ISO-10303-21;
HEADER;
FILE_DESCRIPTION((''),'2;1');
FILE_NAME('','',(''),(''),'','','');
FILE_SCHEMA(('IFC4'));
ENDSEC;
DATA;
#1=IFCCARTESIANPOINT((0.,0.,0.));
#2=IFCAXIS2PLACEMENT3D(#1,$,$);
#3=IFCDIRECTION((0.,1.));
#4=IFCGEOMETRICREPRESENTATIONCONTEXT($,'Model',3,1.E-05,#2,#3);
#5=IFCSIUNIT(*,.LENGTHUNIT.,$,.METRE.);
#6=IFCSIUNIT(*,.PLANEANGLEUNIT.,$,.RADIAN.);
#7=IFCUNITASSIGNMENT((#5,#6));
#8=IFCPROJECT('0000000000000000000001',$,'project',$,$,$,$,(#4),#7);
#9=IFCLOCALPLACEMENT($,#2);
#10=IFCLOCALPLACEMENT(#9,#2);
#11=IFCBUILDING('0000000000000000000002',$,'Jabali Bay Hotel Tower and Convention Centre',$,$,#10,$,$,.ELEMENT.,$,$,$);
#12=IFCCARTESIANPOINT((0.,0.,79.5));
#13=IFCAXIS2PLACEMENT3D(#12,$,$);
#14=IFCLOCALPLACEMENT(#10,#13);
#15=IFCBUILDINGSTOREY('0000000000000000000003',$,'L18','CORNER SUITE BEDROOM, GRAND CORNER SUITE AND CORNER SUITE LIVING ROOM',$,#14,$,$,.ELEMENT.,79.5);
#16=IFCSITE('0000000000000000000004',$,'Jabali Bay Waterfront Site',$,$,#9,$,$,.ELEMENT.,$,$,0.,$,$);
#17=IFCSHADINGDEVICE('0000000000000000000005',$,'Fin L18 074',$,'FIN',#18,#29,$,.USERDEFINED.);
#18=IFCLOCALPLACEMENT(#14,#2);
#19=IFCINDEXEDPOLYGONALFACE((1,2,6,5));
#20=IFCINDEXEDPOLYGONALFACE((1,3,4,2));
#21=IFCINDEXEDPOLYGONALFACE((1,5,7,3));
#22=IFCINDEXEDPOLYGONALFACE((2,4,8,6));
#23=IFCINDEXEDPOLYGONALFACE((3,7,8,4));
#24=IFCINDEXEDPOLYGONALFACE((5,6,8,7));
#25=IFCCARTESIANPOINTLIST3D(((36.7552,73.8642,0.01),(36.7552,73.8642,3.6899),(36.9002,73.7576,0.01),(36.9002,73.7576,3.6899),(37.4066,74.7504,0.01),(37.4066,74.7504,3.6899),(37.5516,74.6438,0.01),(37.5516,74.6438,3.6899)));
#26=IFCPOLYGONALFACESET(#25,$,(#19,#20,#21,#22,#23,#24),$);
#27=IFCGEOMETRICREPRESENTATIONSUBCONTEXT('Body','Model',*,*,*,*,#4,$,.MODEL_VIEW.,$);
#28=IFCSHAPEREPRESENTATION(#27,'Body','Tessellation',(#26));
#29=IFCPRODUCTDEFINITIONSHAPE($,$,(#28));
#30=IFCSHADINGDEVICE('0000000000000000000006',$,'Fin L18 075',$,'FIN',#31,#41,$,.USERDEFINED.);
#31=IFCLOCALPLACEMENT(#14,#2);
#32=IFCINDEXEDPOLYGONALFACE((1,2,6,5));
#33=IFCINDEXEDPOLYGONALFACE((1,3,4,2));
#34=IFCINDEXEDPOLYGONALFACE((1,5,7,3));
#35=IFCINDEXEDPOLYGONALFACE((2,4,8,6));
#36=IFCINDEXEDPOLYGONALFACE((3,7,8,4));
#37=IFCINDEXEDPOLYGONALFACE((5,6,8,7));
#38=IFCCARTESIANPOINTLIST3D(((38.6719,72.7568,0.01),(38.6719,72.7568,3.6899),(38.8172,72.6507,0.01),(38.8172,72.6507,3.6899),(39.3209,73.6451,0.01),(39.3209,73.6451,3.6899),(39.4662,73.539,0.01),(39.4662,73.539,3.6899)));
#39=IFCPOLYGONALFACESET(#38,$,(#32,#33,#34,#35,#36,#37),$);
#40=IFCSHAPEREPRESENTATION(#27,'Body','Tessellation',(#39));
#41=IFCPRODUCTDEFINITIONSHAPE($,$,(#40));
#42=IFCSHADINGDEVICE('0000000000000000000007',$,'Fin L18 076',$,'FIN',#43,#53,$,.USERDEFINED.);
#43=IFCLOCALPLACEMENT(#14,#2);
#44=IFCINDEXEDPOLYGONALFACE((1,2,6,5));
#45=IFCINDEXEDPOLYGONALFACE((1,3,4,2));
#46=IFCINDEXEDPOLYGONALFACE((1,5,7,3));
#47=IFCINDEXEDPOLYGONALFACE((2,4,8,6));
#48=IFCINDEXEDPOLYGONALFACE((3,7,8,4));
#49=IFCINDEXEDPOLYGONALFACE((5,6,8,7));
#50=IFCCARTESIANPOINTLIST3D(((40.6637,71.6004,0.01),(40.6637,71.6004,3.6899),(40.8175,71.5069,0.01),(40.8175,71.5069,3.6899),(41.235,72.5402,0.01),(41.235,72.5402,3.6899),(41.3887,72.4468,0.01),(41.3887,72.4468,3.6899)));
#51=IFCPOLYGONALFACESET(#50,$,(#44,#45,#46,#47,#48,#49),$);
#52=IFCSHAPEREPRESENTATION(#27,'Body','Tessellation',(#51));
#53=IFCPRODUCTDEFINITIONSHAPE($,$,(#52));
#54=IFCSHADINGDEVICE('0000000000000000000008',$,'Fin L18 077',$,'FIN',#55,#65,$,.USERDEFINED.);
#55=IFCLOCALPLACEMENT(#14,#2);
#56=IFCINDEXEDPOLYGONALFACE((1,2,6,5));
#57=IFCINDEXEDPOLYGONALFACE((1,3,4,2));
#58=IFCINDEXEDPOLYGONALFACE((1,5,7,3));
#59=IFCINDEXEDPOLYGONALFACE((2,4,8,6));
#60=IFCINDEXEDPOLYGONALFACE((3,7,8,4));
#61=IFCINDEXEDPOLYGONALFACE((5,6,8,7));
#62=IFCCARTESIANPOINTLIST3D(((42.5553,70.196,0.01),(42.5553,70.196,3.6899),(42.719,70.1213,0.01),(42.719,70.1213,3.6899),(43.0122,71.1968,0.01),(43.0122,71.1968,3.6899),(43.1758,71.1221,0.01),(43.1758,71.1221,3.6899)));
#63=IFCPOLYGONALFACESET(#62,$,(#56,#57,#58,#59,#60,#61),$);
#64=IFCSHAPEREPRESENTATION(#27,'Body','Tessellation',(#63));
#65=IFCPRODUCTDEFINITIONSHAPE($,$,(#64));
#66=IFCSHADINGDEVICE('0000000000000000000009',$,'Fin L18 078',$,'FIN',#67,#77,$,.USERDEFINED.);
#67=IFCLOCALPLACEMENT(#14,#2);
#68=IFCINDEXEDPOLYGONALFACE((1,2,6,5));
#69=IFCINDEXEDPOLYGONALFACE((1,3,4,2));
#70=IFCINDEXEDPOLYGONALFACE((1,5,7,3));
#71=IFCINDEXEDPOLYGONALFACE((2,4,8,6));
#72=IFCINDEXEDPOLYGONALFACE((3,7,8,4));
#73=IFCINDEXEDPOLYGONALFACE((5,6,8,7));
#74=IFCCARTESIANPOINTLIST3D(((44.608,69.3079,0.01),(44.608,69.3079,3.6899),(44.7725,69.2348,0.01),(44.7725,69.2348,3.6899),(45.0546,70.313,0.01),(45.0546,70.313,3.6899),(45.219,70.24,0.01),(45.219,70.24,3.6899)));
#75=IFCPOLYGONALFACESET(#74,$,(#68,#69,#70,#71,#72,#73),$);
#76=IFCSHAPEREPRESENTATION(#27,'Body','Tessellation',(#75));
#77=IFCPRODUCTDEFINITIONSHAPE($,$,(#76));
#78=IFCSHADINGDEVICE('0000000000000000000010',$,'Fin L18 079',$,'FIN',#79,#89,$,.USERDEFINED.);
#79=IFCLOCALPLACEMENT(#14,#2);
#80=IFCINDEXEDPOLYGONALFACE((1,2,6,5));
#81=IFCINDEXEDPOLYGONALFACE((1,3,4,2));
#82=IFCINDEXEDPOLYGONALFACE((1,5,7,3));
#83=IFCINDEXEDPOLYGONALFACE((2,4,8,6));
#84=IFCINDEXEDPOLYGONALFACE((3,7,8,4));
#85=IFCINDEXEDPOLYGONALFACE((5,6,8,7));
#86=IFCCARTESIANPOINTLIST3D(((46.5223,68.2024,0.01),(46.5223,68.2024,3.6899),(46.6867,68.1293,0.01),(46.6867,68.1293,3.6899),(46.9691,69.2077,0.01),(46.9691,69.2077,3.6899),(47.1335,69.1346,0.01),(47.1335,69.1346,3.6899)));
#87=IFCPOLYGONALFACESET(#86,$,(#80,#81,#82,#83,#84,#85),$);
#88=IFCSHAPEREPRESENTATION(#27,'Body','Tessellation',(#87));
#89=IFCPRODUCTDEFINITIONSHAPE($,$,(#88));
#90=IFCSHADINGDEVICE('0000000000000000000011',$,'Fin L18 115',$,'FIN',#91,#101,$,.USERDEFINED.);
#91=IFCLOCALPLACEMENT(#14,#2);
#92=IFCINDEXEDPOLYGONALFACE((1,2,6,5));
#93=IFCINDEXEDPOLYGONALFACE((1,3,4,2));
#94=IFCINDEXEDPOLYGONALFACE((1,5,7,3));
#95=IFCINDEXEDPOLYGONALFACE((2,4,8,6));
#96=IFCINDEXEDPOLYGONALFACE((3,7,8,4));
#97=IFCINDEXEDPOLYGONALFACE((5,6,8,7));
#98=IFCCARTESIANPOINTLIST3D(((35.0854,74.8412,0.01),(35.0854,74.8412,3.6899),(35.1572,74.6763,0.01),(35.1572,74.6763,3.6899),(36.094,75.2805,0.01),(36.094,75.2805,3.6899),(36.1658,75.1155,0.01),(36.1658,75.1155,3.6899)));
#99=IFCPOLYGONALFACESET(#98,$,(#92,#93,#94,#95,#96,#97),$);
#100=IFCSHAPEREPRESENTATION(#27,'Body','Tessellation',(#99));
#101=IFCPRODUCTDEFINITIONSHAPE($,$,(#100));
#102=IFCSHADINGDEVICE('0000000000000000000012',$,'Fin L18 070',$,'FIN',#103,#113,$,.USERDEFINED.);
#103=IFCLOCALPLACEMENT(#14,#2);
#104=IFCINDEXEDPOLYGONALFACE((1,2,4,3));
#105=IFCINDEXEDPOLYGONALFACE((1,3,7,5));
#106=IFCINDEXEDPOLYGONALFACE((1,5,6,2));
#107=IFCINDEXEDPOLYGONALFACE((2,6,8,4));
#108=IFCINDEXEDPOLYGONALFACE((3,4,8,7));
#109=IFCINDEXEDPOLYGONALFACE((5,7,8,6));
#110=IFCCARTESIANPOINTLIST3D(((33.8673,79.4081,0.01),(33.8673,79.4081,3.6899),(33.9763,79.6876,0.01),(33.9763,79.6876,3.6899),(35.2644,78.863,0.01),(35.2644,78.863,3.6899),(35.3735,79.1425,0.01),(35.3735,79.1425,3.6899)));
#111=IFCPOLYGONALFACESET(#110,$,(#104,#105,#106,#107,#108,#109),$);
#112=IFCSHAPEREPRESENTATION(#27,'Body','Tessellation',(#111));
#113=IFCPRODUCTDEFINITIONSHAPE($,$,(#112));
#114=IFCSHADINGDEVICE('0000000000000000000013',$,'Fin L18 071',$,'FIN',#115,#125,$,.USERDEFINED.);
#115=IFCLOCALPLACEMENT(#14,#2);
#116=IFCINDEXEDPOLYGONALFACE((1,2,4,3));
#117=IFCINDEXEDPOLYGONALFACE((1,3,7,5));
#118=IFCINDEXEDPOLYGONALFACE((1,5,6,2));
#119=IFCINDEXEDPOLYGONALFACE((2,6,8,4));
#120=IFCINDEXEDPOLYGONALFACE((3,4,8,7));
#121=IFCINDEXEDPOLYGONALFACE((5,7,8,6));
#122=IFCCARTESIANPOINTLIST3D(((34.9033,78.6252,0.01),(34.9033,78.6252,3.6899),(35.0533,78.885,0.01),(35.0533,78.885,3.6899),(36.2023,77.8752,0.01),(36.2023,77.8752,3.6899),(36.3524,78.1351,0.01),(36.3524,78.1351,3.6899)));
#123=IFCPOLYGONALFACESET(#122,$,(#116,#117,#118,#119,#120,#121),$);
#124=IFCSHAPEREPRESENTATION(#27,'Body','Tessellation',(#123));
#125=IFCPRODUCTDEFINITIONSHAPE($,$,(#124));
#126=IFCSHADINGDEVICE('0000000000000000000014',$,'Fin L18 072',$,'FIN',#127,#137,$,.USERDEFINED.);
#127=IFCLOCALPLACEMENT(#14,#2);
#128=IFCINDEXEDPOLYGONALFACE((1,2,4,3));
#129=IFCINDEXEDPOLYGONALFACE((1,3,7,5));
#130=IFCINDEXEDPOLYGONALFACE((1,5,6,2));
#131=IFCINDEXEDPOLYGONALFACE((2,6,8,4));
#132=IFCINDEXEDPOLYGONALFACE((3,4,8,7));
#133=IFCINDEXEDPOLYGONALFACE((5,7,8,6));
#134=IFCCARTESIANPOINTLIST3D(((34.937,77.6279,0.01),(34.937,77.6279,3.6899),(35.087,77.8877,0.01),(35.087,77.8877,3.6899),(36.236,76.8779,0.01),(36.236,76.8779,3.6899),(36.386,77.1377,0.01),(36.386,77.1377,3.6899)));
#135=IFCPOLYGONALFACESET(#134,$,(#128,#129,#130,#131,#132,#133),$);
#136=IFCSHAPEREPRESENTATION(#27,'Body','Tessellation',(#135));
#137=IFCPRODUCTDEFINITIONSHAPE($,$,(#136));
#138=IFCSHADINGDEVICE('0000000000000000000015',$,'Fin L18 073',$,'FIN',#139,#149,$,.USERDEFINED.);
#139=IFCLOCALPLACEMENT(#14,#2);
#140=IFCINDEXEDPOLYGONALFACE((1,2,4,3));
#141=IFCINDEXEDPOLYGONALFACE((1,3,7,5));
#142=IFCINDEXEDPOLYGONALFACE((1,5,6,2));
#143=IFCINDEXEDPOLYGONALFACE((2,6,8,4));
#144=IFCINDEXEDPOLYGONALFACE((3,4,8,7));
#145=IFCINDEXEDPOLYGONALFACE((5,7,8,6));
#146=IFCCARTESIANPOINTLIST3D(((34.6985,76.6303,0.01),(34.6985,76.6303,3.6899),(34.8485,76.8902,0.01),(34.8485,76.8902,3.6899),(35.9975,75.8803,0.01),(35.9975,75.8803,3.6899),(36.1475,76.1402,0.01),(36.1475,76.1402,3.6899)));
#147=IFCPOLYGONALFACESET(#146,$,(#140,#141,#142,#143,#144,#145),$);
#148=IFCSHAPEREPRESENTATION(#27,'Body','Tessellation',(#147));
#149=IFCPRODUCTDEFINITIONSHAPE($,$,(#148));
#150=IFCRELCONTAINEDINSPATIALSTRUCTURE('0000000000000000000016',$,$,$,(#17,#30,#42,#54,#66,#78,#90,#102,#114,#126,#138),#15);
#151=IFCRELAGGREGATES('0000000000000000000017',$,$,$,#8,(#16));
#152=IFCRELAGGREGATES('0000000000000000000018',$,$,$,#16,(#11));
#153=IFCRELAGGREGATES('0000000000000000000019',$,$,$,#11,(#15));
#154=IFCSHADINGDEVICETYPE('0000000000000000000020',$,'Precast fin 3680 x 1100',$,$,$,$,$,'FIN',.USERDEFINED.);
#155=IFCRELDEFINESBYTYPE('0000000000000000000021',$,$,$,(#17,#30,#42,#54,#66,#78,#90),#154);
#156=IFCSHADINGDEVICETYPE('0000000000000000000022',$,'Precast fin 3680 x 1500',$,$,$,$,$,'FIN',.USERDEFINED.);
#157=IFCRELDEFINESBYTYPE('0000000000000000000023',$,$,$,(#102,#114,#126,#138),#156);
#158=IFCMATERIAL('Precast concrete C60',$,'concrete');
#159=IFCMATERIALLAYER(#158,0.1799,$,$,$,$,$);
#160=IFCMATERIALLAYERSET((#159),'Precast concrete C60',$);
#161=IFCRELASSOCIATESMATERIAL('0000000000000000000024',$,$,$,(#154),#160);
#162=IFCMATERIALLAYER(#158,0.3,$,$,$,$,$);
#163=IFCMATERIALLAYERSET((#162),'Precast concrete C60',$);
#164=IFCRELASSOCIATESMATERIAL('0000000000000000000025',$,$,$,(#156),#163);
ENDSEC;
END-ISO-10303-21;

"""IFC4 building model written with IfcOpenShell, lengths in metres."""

from ifc_helpers import new_model, si_unit, direction, frame, frame_2d, origin, place, context, subcontext, project, spatial, rectangle, extrude, material, layer, layer_set, type_object, element, save


model = new_model("IFC4")

# Units and contexts
model_context = context("Model", 3, precision=1e-05, world=origin(), true_north=direction((0.0, 1.0)))
body_context = subcontext(model_context, "Body", "Model", "MODEL_VIEW")
ifc_project = project(units=[si_unit("LENGTHUNIT", "METRE"), si_unit("PLANEANGLEUNIT", "RADIAN")], contexts=[model_context])

# Site, building, storey
site_placement = place(None, origin())
site = spatial("IfcSite", under=ifc_project, at=site_placement, Name="Jabali Bay Waterfront Site", CompositionType="ELEMENT", RefElevation=0.0)
building_placement = place(site_placement, origin())
building = spatial("IfcBuilding", under=site, at=building_placement, Name="Jabali Bay Hotel Tower and Convention Centre", CompositionType="ELEMENT")
storey_placement = place(building_placement, frame((0.0, 0.0, 79.5)))
storey = spatial("IfcBuildingStorey", under=building, at=storey_placement, Name="L18", Description="CORNER SUITE BEDROOM, GRAND CORNER SUITE AND CORNER SUITE LIVING ROOM", CompositionType="ELEMENT", Elevation=79.5)

# Shading devices
ifc_material_1 = material(Name="Precast concrete C60", Category="concrete")
ifc_layer_1 = layer(ifc_material_1, 0.1799)
ifc_layer_set_1 = layer_set([ifc_layer_1], Name="Precast concrete C60")
shading_device_type_1 = type_object("IfcShadingDeviceType", Name="Precast fin 3680 x 1100", ElementType="FIN", PredefinedType="USERDEFINED", material=ifc_layer_set_1)
shading_device_1_placement = place(storey_placement, frame((37.479, 74.697, 0.01), z_axis=(0.0, 0.0, 1.0), x_axis=(-0.592229, -0.805769, 0.0)))
element("IfcShadingDevice", 1, at=shading_device_1_placement, inside=storey, type_object=shading_device_type_1, Name="Fin L18 074", ObjectType="FIN", PredefinedType="USERDEFINED", context=body_context, shape_type="SweptSolid", body=[
    extrude(rectangle(XDim=1.0999, YDim=0.1799, at=frame_2d((0.5498, 0.0))), origin(), (0.0, 0.0, 1.0), 3.6799),
])
shading_device_2_placement = place(storey_placement, frame((39.3936, 73.592, 0.01), z_axis=(0.0, 0.0, 1.0), x_axis=(-0.589939, -0.807448, 0.0)))
element("IfcShadingDevice", 2, at=shading_device_2_placement, inside=storey, type_object=shading_device_type_1, Name="Fin L18 075", ObjectType="FIN", PredefinedType="USERDEFINED", context=body_context, shape_type="SweptSolid", body=[
    extrude(rectangle(XDim=1.1001, YDim=0.1799, at=frame_2d((0.55, 0.0))), origin(), (0.0, 0.0, 1.0), 3.6799),
])
shading_device_3_placement = place(storey_placement, frame((41.3118, 72.4934, 0.01), z_axis=(0.0, 0.0, 1.0), x_axis=(-0.519384, -0.854541, 0.0)))
element("IfcShadingDevice", 3, at=shading_device_3_placement, inside=storey, type_object=shading_device_type_1, Name="Fin L18 076", ObjectType="FIN", PredefinedType="USERDEFINED", context=body_context, shape_type="SweptSolid", body=[
    extrude(rectangle(XDim=1.0999, YDim=0.1799, at=frame_2d((0.5498, 0.0))), origin(), (0.0, 0.0, 1.0), 3.6799),
])
shading_device_4_placement = place(storey_placement, frame((43.094, 71.1594, 0.01), z_axis=(0.0, 0.0, 1.0), x_axis=(-0.41524, -0.909712, 0.0)))
element("IfcShadingDevice", 4, at=shading_device_4_placement, inside=storey, type_object=shading_device_type_1, Name="Fin L18 077", ObjectType="FIN", PredefinedType="USERDEFINED", context=body_context, shape_type="SweptSolid", body=[
    extrude(rectangle(XDim=1.1001, YDim=0.1799, at=frame_2d((0.55, 0.0))), origin(), (0.0, 0.0, 1.0), 3.6799),
])
shading_device_5_placement = place(storey_placement, frame((45.1367, 70.2764, 0.01), z_axis=(0.0, 0.0, 1.0), x_axis=(-0.405994, -0.913876, 0.0)))
element("IfcShadingDevice", 5, at=shading_device_5_placement, inside=storey, type_object=shading_device_type_1, Name="Fin L18 078", ObjectType="FIN", PredefinedType="USERDEFINED", context=body_context, shape_type="SweptSolid", body=[
    extrude(rectangle(XDim=1.0999, YDim=0.1799, at=frame_2d((0.5498, 0.0))), origin(), (0.0, 0.0, 1.0), 3.6799),
])
for number, where, z_axis, x_axis, name in (
    (6, (47.0513, 69.1711, 0.01), (0.0, 0.0, 1.0), (-0.406097, -0.91383, 0.0), "Fin L18 079"),
    (7, (36.1299, 75.198, 0.01), (0.0, 0.0, 1.0), (-0.916833, -0.39927, 0.0), "Fin L18 115"),
):
    element("IfcShadingDevice", number, at=place(storey_placement, frame(where, z_axis=z_axis, x_axis=x_axis)), inside=storey, type_object=shading_device_type_1, Name=name, ObjectType="FIN", PredefinedType="USERDEFINED", context=body_context, shape_type="SweptSolid", body=[
        extrude(rectangle(XDim=1.1001, YDim=0.1799, at=frame_2d((0.55, 0.0))), origin(), (0.0, 0.0, 1.0), 3.6799),
    ])
ifc_layer_2 = layer(ifc_material_1, 0.3)
ifc_layer_set_2 = layer_set([ifc_layer_2], Name="Precast concrete C60")
shading_device_type_2 = type_object("IfcShadingDeviceType", Name="Precast fin 3680 x 1500", ElementType="FIN", PredefinedType="USERDEFINED", material=ifc_layer_set_2)
shading_device_6_placement = place(storey_placement, frame((35.3191, 79.0027, 0.01), z_axis=(0.0, 0.0, 1.0), x_axis=(-0.931598, 0.363491, 0.0)))
element("IfcShadingDevice", 8, at=shading_device_6_placement, inside=storey, type_object=shading_device_type_2, Name="Fin L18 070", ObjectType="FIN", PredefinedType="USERDEFINED", context=body_context, shape_type="SweptSolid", body=[
    extrude(rectangle(XDim=1.4998, YDim=0.3, at=frame_2d((0.75, 0.0))), origin(), (0.0, 0.0, 1.0), 3.6799),
])
for number, where, z_axis, x_axis, name in (
    (9, (36.2773, 78.0051, 0.01), (0.0, 0.0, 1.0), (-0.866031, 0.49999, 0.0), "Fin L18 071"),
    (10, (36.311, 77.0078, 0.01), (0.0, 0.0, 1.0), (-0.866031, 0.49999, 0.0), "Fin L18 072"),
    (11, (36.0725, 76.0103, 0.01), (0.0, 0.0, 1.0), (-0.866031, 0.49999, 0.0), "Fin L18 073"),
):
    element("IfcShadingDevice", number, at=place(storey_placement, frame(where, z_axis=z_axis, x_axis=x_axis)), inside=storey, type_object=shading_device_type_2, Name=name, ObjectType="FIN", PredefinedType="USERDEFINED", context=body_context, shape_type="SweptSolid", body=[
        extrude(rectangle(XDim=1.5, YDim=0.3, at=frame_2d((0.75, 0.0))), origin(), (0.0, 0.0, 1.0), 3.6799),
    ])

save(model, "model.ifc")
